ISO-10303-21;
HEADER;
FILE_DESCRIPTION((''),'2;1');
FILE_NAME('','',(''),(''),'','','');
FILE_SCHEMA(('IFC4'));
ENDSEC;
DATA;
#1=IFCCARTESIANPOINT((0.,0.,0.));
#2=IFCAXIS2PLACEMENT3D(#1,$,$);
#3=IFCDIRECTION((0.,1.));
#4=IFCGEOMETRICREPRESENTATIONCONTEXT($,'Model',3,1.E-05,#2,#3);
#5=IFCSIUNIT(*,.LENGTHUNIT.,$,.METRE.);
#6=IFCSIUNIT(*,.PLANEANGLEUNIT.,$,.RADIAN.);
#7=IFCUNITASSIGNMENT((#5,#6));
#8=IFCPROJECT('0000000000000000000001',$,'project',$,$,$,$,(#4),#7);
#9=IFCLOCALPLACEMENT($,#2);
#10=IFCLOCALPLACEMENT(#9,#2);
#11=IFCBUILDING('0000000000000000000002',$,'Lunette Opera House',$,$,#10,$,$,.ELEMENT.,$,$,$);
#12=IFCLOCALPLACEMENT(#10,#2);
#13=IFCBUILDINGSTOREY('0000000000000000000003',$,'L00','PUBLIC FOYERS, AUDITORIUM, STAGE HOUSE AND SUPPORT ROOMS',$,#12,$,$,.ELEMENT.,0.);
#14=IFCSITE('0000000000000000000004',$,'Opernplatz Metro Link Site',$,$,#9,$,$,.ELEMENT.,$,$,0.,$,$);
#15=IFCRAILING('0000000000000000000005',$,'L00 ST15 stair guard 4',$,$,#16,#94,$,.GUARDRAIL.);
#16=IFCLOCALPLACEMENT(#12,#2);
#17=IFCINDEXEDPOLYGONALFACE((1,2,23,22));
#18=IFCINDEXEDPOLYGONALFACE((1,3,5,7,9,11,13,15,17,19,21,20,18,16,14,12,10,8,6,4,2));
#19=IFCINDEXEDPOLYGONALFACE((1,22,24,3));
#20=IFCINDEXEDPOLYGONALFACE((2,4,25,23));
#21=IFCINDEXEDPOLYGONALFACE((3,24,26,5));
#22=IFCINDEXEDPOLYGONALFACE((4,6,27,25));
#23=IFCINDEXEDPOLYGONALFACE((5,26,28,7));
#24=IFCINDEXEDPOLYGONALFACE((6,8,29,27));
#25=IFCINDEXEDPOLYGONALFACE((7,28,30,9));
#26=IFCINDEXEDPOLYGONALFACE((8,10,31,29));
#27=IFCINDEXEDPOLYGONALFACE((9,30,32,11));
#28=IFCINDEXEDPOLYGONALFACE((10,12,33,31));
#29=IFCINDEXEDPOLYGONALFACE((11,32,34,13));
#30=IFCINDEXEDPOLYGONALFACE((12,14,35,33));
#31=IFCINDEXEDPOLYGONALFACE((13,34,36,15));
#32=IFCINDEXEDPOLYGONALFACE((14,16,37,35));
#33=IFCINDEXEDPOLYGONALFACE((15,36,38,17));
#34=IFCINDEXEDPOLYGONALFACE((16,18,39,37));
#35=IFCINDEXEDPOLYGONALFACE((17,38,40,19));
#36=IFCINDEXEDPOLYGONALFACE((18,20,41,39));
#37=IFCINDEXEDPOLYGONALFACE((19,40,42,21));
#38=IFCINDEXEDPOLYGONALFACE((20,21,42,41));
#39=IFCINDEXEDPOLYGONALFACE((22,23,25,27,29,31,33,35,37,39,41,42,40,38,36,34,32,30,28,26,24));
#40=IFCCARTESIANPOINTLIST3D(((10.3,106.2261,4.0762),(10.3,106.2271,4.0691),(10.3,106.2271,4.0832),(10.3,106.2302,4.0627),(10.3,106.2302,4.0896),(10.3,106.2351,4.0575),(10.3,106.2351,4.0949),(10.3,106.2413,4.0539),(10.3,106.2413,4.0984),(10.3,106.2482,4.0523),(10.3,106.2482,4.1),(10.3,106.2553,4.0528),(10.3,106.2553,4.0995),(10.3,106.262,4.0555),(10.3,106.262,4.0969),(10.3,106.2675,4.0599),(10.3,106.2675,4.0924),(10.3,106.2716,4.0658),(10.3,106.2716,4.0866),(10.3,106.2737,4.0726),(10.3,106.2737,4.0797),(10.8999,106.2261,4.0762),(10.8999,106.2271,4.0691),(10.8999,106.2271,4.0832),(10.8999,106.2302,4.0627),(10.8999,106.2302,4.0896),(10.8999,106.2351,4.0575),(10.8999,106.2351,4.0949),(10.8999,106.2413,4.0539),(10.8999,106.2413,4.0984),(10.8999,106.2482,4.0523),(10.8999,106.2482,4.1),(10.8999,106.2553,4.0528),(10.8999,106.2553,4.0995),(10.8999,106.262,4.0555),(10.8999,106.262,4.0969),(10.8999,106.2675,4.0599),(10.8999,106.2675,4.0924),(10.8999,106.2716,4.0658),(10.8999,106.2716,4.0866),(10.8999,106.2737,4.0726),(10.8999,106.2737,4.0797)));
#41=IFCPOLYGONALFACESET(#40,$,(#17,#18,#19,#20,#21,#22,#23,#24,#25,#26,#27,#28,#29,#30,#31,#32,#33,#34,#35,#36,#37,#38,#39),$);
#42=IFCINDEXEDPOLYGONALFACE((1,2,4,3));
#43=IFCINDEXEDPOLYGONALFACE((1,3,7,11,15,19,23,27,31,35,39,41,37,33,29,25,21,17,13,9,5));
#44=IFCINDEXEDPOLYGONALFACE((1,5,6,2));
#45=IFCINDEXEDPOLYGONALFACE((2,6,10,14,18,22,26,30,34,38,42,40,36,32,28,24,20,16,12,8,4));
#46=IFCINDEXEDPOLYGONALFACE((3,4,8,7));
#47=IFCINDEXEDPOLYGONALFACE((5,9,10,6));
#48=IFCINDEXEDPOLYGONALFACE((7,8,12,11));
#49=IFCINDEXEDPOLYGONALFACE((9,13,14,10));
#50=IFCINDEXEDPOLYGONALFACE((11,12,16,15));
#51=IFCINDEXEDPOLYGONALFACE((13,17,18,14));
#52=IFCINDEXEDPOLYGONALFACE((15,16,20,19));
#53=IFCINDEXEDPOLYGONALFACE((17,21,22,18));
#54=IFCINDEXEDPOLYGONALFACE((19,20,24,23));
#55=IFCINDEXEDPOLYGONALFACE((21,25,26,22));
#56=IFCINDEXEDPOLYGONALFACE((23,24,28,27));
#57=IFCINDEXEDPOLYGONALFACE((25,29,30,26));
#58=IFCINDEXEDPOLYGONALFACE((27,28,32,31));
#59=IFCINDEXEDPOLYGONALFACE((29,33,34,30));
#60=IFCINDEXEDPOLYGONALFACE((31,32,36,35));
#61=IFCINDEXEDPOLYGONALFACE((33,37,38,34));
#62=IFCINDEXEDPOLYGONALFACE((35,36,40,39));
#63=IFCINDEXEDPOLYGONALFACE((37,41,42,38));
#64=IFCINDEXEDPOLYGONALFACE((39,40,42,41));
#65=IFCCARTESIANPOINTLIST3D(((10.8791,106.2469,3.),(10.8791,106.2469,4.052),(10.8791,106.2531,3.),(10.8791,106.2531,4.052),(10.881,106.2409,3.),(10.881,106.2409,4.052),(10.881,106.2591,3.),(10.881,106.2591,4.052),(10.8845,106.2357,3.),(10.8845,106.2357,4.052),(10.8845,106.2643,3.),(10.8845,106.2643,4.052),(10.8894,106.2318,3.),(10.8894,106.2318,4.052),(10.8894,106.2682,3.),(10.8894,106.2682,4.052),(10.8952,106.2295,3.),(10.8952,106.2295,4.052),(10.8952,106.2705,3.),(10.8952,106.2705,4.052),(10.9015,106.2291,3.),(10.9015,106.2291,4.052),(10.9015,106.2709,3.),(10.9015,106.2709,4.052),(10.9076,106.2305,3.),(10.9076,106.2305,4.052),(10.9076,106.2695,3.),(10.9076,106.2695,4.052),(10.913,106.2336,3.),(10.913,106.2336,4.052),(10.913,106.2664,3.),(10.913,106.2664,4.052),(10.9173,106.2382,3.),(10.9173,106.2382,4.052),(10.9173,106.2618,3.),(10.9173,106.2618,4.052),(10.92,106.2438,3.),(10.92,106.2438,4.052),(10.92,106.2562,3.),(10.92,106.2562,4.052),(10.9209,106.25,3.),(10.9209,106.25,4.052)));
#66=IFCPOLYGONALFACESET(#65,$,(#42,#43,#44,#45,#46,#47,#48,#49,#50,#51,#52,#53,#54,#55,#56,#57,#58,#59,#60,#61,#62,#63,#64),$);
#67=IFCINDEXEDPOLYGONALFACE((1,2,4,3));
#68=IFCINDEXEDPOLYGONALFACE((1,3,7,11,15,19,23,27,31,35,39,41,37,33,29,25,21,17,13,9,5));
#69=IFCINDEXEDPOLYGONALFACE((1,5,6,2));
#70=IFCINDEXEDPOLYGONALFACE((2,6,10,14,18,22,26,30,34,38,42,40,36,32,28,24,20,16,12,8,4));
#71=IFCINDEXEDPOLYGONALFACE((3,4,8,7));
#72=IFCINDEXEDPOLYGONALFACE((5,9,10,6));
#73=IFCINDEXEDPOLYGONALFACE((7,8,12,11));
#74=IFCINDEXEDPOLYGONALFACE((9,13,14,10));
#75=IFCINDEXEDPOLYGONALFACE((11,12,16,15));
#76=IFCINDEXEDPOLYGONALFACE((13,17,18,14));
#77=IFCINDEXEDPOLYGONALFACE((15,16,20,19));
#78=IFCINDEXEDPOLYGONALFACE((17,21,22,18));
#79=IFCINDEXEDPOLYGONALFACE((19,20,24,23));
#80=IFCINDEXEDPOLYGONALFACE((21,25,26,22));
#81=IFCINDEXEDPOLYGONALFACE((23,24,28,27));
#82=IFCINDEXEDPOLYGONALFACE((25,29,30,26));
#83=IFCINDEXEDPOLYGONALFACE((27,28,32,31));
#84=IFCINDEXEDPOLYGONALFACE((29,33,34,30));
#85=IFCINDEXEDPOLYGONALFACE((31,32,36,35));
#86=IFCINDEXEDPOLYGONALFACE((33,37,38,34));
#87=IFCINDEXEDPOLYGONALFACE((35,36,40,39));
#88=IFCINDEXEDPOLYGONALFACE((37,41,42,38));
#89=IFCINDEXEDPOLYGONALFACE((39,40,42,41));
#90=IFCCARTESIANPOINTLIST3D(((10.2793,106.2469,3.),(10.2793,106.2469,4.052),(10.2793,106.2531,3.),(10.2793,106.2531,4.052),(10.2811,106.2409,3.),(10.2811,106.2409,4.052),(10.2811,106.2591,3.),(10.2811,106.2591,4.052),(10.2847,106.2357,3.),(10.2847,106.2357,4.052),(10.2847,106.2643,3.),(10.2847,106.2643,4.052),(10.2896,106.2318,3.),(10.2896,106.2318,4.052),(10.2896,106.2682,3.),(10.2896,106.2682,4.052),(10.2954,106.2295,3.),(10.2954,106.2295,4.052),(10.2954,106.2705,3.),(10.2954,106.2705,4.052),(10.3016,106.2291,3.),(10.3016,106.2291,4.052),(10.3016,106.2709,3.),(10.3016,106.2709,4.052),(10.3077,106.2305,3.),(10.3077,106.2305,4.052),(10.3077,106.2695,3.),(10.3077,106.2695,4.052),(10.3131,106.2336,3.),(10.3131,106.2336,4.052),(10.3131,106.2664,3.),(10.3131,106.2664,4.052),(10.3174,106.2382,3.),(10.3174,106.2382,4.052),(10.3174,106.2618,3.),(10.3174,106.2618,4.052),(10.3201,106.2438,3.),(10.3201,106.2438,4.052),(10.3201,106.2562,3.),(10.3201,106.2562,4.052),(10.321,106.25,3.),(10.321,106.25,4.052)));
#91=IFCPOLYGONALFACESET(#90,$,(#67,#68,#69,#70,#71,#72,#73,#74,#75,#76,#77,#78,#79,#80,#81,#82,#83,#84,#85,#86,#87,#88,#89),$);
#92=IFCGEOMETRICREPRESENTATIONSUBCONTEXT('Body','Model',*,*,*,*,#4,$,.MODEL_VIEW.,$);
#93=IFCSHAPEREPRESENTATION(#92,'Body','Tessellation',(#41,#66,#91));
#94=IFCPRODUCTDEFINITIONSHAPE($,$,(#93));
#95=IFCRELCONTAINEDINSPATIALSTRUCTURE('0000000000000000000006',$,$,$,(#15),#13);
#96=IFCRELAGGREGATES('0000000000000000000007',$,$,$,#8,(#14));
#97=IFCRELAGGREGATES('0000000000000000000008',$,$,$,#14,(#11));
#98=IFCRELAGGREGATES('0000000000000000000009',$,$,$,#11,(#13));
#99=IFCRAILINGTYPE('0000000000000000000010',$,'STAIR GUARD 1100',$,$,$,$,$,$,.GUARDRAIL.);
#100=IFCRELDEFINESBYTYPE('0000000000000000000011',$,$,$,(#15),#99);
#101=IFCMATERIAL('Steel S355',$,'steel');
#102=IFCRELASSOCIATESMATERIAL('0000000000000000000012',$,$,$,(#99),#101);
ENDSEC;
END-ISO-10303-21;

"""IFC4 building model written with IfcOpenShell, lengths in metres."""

from ifc_helpers import new_model, si_unit, direction, frame, origin, origin_2d, place, context, subcontext, project, spatial, circle, extrude, material, type_object, element, save


model = new_model("IFC4")

# Units and contexts
model_context = context("Model", 3, precision=1e-05, world=origin(), true_north=direction((0.0, 1.0)))
body_context = subcontext(model_context, "Body", "Model", "MODEL_VIEW")
ifc_project = project(units=[si_unit("LENGTHUNIT", "METRE"), si_unit("PLANEANGLEUNIT", "RADIAN")], contexts=[model_context])

# Site, building, storey
site_placement = place(None, origin())
site = spatial("IfcSite", under=ifc_project, at=site_placement, Name="Opernplatz Metro Link Site", CompositionType="ELEMENT", RefElevation=0.0)
building_placement = place(site_placement, origin())
building = spatial("IfcBuilding", under=site, at=building_placement, Name="Lunette Opera House", CompositionType="ELEMENT")
storey_placement = place(building_placement, origin())
storey = spatial("IfcBuildingStorey", under=building, at=storey_placement, Name="L00", Description="PUBLIC FOYERS, AUDITORIUM, STAGE HOUSE AND SUPPORT ROOMS", CompositionType="ELEMENT", Elevation=0.0)

# Railing
ifc_material_1 = material(Name="Steel S355", Category="steel")
railing_type = type_object("IfcRailingType", Name="STAIR GUARD 1100", PredefinedType="GUARDRAIL", material=ifc_material_1)
railing_1_placement = place(storey_placement, frame((10.8999, 106.25, 3.0)))
element("IfcRailing", 1, at=railing_1_placement, inside=storey, type_object=railing_type, Name="L00 ST15 stair guard 4", PredefinedType="GUARDRAIL", context=body_context, shape_type="SweptSolid", body=[
    extrude(circle(Radius=0.0239, at=origin_2d()), frame((0.0, 0.0, 1.0762), z_axis=(-1.0, 0.0, 0.0), x_axis=(0.0, -1.0, 0.0)), (0.0, 0.0, 1.0), 0.5999),
    extrude(circle(Radius=0.021, at=origin_2d()), origin(), (0.0, 0.0, 1.0), 1.052),
    extrude(circle(Radius=0.021, at=origin_2d()), frame((-0.5999, 0.0, 0.0)), (0.0, 0.0, 1.0), 1.052),
])

save(model, "model.ifc")
